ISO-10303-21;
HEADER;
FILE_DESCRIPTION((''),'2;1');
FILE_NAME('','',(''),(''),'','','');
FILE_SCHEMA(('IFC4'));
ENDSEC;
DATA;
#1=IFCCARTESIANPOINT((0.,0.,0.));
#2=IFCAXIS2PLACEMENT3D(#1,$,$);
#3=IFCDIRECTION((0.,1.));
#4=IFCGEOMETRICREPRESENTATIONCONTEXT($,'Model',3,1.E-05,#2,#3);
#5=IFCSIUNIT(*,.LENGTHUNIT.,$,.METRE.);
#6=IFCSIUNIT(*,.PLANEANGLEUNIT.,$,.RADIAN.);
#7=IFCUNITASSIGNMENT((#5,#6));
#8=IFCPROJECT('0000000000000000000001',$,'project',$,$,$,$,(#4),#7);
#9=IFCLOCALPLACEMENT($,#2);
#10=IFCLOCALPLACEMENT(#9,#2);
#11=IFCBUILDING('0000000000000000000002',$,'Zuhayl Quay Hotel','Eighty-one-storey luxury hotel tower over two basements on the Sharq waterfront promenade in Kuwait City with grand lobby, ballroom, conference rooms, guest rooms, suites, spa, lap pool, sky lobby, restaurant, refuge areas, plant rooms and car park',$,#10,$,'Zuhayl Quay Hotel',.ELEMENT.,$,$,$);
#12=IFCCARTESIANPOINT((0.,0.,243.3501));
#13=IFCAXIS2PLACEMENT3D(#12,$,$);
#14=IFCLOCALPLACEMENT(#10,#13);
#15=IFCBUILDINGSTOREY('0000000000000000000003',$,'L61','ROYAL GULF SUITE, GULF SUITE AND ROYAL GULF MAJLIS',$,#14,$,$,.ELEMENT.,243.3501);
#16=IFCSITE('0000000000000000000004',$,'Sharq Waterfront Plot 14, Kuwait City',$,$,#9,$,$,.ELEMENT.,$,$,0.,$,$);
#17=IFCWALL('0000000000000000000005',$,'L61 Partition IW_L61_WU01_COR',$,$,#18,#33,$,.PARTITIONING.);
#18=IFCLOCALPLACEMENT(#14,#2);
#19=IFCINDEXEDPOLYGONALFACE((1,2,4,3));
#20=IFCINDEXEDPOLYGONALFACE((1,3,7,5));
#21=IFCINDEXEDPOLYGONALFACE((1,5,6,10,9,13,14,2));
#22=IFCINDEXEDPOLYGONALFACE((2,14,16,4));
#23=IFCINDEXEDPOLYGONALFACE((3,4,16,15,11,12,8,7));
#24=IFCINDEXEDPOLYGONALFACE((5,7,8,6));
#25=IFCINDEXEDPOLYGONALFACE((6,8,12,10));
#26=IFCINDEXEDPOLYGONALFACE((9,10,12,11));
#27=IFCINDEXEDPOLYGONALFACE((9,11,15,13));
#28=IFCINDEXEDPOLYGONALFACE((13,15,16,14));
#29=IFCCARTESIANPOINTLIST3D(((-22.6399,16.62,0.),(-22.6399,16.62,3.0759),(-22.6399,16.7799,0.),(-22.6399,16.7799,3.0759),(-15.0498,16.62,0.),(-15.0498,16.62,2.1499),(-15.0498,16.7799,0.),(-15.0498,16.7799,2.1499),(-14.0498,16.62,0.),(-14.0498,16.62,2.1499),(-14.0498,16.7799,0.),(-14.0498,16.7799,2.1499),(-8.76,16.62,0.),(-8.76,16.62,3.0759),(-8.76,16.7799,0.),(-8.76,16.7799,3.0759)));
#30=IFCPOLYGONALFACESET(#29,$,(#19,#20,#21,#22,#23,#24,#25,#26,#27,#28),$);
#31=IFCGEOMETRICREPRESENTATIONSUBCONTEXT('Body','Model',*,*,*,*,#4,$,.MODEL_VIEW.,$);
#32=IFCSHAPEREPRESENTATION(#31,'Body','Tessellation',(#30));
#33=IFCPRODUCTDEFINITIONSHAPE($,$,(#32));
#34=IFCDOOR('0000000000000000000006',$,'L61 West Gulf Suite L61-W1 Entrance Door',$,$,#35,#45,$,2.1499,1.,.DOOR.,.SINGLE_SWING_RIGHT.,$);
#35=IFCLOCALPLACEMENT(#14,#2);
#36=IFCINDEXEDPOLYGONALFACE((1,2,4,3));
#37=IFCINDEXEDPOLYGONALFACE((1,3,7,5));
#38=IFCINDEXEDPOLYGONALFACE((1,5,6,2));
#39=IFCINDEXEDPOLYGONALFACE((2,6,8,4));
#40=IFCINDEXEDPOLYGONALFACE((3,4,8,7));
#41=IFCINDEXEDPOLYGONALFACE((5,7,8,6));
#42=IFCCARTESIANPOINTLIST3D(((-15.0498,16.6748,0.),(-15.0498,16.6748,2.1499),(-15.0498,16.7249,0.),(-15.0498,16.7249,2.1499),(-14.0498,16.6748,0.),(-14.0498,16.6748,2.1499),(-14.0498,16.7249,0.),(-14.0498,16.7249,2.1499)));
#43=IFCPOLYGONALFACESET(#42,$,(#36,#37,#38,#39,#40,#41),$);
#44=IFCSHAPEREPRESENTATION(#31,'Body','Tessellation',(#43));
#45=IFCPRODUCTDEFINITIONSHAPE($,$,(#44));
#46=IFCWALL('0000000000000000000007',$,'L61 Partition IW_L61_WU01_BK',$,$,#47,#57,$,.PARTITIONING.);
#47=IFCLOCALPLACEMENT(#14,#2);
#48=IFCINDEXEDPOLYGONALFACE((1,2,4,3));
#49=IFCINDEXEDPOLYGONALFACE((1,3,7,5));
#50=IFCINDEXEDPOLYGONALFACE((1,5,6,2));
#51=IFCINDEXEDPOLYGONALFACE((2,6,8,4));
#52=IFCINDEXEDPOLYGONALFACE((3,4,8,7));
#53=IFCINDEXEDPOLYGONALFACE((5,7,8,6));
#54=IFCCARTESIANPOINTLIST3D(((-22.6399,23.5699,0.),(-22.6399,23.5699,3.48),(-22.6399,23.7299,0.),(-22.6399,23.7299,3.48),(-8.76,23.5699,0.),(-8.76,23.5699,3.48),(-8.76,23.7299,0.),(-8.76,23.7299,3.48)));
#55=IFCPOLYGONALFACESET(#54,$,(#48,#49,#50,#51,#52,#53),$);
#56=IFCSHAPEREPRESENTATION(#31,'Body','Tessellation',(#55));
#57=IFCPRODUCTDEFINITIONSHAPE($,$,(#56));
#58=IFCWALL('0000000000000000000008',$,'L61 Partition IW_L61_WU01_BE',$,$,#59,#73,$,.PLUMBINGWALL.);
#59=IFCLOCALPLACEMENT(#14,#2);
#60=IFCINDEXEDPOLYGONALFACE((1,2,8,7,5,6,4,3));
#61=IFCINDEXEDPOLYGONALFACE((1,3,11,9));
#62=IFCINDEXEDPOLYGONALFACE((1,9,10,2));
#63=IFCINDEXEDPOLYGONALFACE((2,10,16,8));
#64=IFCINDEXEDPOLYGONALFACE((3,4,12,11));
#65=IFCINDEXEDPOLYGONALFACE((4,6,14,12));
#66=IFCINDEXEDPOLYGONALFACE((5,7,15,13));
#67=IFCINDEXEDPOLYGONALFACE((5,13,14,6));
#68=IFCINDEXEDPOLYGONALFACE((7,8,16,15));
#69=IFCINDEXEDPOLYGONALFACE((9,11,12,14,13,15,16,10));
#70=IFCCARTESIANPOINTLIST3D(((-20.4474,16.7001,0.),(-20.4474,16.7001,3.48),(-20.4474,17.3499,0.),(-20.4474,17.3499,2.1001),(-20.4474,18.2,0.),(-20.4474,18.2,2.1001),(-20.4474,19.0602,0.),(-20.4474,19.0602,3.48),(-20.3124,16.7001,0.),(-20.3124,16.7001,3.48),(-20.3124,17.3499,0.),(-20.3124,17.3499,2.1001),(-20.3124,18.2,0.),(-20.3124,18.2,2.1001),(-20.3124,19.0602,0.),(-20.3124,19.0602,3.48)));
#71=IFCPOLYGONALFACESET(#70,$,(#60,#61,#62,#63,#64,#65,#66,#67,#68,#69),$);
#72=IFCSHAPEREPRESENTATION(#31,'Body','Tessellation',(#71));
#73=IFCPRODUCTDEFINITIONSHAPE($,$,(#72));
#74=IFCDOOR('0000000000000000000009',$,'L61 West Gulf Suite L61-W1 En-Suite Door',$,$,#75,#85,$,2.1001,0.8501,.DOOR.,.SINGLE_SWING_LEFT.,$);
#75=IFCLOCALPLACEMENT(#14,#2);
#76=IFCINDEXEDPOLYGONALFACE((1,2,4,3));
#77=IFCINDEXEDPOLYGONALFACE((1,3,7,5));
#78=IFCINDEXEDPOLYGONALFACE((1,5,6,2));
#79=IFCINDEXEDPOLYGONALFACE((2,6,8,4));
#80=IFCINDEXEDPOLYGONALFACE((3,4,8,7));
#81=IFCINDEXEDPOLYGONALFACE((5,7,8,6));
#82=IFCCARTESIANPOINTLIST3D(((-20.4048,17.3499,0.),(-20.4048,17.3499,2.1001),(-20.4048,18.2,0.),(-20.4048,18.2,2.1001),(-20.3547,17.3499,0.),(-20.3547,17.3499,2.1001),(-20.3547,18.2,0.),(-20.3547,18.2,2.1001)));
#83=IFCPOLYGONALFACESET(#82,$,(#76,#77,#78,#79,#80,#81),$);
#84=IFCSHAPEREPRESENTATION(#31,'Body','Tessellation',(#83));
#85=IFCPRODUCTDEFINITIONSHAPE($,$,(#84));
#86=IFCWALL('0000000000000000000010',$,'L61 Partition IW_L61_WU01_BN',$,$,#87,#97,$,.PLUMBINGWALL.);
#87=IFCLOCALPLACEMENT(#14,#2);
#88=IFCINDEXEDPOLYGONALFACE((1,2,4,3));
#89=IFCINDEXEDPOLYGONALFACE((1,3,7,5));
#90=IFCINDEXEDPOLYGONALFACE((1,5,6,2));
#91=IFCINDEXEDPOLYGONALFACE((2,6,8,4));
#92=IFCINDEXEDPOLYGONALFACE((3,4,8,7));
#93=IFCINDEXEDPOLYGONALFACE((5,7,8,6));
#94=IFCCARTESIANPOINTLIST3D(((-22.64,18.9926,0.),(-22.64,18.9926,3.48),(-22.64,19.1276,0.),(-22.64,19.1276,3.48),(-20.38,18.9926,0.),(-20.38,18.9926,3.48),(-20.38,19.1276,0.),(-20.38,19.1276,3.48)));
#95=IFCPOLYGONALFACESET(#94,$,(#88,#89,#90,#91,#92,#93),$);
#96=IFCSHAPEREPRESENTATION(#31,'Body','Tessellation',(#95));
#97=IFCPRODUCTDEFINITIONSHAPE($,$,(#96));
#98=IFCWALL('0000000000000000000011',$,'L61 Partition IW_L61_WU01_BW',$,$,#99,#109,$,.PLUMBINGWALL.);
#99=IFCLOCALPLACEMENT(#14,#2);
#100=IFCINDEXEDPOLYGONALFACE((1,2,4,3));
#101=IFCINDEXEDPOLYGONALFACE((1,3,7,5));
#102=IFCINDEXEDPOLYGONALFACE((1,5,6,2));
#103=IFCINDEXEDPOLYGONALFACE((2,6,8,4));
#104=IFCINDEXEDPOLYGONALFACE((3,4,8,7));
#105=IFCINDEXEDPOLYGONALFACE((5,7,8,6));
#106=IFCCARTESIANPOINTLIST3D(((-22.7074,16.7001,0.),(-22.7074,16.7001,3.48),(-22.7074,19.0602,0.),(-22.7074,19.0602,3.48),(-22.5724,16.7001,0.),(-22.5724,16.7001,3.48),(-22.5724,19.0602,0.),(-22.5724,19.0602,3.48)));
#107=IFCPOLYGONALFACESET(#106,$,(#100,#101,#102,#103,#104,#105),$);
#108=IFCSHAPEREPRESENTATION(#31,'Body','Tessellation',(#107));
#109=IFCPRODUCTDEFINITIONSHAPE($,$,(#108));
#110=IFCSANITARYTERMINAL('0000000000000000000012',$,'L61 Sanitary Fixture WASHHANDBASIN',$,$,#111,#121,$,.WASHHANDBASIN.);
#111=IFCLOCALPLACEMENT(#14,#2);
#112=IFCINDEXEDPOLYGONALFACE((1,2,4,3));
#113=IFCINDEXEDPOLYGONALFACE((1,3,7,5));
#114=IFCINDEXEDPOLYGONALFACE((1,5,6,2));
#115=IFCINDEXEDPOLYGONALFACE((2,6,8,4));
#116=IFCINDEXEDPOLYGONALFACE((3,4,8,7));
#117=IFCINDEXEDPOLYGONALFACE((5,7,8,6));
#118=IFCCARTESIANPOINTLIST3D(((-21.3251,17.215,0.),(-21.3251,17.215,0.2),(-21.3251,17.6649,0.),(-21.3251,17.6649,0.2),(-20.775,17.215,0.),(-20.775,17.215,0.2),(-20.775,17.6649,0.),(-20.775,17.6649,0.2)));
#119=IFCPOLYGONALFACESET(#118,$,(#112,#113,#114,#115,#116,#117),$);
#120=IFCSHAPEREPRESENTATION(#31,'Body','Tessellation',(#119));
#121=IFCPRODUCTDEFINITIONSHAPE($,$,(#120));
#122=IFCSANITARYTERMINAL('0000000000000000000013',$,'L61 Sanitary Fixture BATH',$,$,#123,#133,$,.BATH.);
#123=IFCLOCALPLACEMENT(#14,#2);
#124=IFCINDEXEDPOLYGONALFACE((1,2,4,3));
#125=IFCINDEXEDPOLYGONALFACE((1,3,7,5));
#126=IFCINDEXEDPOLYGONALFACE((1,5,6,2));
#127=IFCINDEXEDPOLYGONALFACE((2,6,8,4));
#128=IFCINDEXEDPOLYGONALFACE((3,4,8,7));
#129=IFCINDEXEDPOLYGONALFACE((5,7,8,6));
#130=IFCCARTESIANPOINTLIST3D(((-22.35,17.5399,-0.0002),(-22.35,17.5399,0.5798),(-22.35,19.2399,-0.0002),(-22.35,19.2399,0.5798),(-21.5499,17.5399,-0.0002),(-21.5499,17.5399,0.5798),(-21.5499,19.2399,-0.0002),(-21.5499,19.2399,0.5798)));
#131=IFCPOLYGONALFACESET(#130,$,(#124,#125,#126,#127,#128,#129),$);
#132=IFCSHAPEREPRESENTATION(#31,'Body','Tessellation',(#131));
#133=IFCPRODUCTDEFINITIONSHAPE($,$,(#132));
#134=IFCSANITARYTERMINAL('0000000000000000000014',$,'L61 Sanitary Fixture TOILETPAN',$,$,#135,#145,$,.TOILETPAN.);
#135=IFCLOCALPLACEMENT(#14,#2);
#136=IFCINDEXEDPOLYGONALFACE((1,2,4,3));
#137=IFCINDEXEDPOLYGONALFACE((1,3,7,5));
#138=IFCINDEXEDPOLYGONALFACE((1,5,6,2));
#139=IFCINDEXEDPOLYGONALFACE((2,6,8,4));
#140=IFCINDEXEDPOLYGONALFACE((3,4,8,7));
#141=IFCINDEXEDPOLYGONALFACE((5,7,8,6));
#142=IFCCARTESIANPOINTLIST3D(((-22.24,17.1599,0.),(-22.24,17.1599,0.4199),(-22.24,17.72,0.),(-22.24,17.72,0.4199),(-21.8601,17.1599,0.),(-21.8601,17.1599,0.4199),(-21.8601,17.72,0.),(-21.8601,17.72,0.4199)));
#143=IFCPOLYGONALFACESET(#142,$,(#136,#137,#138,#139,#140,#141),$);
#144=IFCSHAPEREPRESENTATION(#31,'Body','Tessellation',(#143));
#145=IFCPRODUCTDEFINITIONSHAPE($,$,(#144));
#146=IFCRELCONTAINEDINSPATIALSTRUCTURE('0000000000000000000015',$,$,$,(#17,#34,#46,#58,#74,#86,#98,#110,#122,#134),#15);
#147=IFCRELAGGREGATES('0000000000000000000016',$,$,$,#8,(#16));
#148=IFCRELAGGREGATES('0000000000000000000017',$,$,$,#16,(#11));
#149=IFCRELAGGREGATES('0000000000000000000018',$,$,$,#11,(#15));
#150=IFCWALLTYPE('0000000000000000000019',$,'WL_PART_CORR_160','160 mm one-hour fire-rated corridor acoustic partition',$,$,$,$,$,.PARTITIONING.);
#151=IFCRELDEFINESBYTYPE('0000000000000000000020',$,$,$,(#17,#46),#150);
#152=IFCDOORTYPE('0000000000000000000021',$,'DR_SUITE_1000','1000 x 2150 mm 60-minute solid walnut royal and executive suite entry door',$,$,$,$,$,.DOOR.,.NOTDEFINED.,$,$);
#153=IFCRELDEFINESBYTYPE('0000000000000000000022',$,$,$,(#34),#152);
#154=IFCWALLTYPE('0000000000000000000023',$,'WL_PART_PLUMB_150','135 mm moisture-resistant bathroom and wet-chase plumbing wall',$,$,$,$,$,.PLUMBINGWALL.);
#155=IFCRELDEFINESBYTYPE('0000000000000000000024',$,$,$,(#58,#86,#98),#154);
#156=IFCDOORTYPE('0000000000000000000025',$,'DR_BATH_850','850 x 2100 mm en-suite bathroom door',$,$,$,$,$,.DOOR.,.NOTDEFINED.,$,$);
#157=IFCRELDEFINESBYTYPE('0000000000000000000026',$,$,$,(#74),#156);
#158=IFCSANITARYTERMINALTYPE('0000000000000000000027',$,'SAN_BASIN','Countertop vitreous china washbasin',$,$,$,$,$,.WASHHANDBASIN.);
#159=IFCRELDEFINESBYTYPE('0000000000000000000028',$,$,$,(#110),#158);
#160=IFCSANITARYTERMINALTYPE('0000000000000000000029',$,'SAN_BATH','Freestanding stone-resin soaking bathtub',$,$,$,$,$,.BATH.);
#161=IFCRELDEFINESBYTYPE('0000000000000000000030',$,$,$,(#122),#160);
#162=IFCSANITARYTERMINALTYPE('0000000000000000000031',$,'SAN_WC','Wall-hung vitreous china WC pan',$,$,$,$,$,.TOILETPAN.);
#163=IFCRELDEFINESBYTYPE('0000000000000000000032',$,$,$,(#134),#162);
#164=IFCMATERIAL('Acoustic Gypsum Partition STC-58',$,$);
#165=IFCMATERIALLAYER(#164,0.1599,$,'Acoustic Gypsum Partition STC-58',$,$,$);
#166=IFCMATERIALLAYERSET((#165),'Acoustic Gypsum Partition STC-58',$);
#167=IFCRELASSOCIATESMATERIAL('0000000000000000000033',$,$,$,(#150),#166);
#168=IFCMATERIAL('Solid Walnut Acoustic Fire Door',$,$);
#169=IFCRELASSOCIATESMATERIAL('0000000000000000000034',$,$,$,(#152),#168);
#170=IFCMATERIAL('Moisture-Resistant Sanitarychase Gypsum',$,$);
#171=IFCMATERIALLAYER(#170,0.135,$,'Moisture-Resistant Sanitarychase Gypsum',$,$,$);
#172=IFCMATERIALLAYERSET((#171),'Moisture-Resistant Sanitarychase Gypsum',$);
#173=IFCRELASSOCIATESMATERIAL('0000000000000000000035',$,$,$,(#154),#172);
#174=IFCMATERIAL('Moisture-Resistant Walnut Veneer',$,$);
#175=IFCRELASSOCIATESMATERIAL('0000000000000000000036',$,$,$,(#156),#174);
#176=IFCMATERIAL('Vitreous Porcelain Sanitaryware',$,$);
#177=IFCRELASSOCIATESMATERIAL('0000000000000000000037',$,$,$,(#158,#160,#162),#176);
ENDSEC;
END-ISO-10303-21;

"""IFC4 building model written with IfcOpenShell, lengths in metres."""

from ifc_helpers import new_model, si_unit, direction, frame, frame_2d, origin, origin_2d, place, context, subcontext, project, spatial, rectangle, extrude, material, layer, layer_set, type_object, element, fill, save


model = new_model("IFC4")

# Units and contexts
model_context = context("Model", 3, precision=1e-05, world=origin(), true_north=direction((0.0, 1.0)))
body_context = subcontext(model_context, "Body", "Model", "MODEL_VIEW")
ifc_project = project(units=[si_unit("LENGTHUNIT", "METRE"), si_unit("PLANEANGLEUNIT", "RADIAN")], contexts=[model_context])

# Site, building, storey
site_placement = place(None, origin())
site = spatial("IfcSite", under=ifc_project, at=site_placement, Name="Sharq Waterfront Plot 14, Kuwait City", CompositionType="ELEMENT", RefElevation=0.0)
building_placement = place(site_placement, origin())
building = spatial("IfcBuilding", under=site, at=building_placement, Name="Zuhayl Quay Hotel", Description="Eighty-one-storey luxury hotel tower over two basements on the Sharq waterfront promenade in Kuwait City with grand lobby, ballroom, conference rooms, guest rooms, suites, spa, lap pool, sky lobby, restaurant, refuge areas, plant rooms and car park", LongName="Zuhayl Quay Hotel", CompositionType="ELEMENT")
storey_placement = place(building_placement, frame((0.0, 0.0, 243.3501)))
storey = spatial("IfcBuildingStorey", under=building, at=storey_placement, Name="L61", Description="ROYAL GULF SUITE, GULF SUITE AND ROYAL GULF MAJLIS", CompositionType="ELEMENT", Elevation=243.3501)

# Wall, opening, door
ifc_material_1 = material(Name="Acoustic Gypsum Partition STC-58")
ifc_layer_1 = layer(ifc_material_1, 0.1599, Name="Acoustic Gypsum Partition STC-58")
ifc_layer_set_1 = layer_set([ifc_layer_1], Name="Acoustic Gypsum Partition STC-58")
wall_type_1 = type_object("IfcWallType", Name="WL_PART_CORR_160", Description="160 mm one-hour fire-rated corridor acoustic partition", PredefinedType="PARTITIONING", material=ifc_layer_set_1)
wall_1_placement = place(storey_placement, frame((-22.6399, 16.7, 0.0), z_axis=(0.0, 0.0, 1.0), x_axis=(1.0, 0.0, 0.0)))
wall_1 = element("IfcWall", 1, at=wall_1_placement, inside=storey, type_object=wall_type_1, Name="L61 Partition IW_L61_WU01_COR", PredefinedType="PARTITIONING", context=body_context, shape_type="SweptSolid", body=[
    extrude(rectangle(XDim=13.8799, YDim=0.1599, at=frame_2d((6.9399, 0.0))), origin(), (0.0, 0.0, 1.0), 3.0759),
])
opening_1_placement = place(wall_1_placement, frame((7.5901, 0.0, 0.0)))
opening_1 = element("IfcOpeningElement", 2, at=opening_1_placement, cuts=wall_1, PredefinedType="OPENING", context=body_context, shape_type="SweptSolid", body=[
    extrude(rectangle(XDim=1.0, YDim=2.1499, at=frame_2d((0.5, 1.075))), frame((0.0, 0.0898, 0.0), z_axis=(0.0, -1.0, 0.0), x_axis=(1.0, 0.0, 0.0)), (0.0, 0.0, 1.0), 0.1799),
])
ifc_material_2 = material(Name="Solid Walnut Acoustic Fire Door")
door_type_1 = type_object("IfcDoorType", Name="DR_SUITE_1000", Description="1000 x 2150 mm 60-minute solid walnut royal and executive suite entry door", OperationType="NOTDEFINED", PredefinedType="DOOR", material=ifc_material_2)
door_1_placement = place(opening_1_placement, origin())
door_1 = element("IfcDoor", 3, at=door_1_placement, inside=storey, type_object=door_type_1, Name="L61 West Gulf Suite L61-W1 Entrance Door", OperationType="SINGLE_SWING_RIGHT", OverallHeight=2.1499, OverallWidth=1.0, PredefinedType="DOOR", context=body_context, shape_type="SweptSolid", body=[
    extrude(rectangle(XDim=1.0, YDim=2.1499, at=frame_2d((0.5, 1.075))), frame((0.0, 0.0249, 0.0), z_axis=(0.0, -1.0, 0.0), x_axis=(1.0, 0.0, 0.0)), (0.0, 0.0, 1.0), 0.05),
])
fill(opening_1, door_1)

# Wall
wall_2_placement = place(storey_placement, frame((-22.6399, 23.6499, 0.0), z_axis=(0.0, 0.0, 1.0), x_axis=(1.0, 0.0, 0.0)))
element("IfcWall", 4, at=wall_2_placement, inside=storey, type_object=wall_type_1, Name="L61 Partition IW_L61_WU01_BK", PredefinedType="PARTITIONING", context=body_context, shape_type="SweptSolid", body=[
    extrude(rectangle(XDim=13.8799, YDim=0.1599, at=frame_2d((6.9399, 0.0))), origin(), (0.0, 0.0, 1.0), 3.48),
])

# Wall, opening, door
ifc_material_3 = material(Name="Moisture-Resistant Sanitarychase Gypsum")
ifc_layer_2 = layer(ifc_material_3, 0.135, Name="Moisture-Resistant Sanitarychase Gypsum")
ifc_layer_set_2 = layer_set([ifc_layer_2], Name="Moisture-Resistant Sanitarychase Gypsum")
wall_type_2 = type_object("IfcWallType", Name="WL_PART_PLUMB_150", Description="135 mm moisture-resistant bathroom and wet-chase plumbing wall", PredefinedType="PLUMBINGWALL", material=ifc_layer_set_2)
wall_3_placement = place(storey_placement, frame((-20.3799, 16.7, 0.0), z_axis=(0.0, 0.0, 1.0), x_axis=(0.0, 1.0, 0.0)))
wall_3 = element("IfcWall", 5, at=wall_3_placement, inside=storey, type_object=wall_type_2, Name="L61 Partition IW_L61_WU01_BE", PredefinedType="PLUMBINGWALL", context=body_context, shape_type="SweptSolid", body=[
    extrude(rectangle(XDim=2.3601, YDim=0.135, at=frame_2d((1.1802, 0.0))), origin(), (0.0, 0.0, 1.0), 3.48),
])
opening_2_placement = place(wall_3_placement, frame((0.6499, 0.0, 0.0)))
opening_2 = element("IfcOpeningElement", 6, at=opening_2_placement, cuts=wall_3, PredefinedType="OPENING", context=body_context, shape_type="SweptSolid", body=[
    extrude(rectangle(XDim=0.8501, YDim=2.1001, at=frame_2d((0.425, 1.05))), frame((0.0, 0.0774, 0.0), z_axis=(0.0, -1.0, 0.0), x_axis=(1.0, 0.0, 0.0)), (0.0, 0.0, 1.0), 0.155),
])
ifc_material_4 = material(Name="Moisture-Resistant Walnut Veneer")
door_type_2 = type_object("IfcDoorType", Name="DR_BATH_850", Description="850 x 2100 mm en-suite bathroom door", OperationType="NOTDEFINED", PredefinedType="DOOR", material=ifc_material_4)
door_2_placement = place(opening_2_placement, origin())
door_2 = element("IfcDoor", 7, at=door_2_placement, inside=storey, type_object=door_type_2, Name="L61 West Gulf Suite L61-W1 En-Suite Door", OperationType="SINGLE_SWING_LEFT", OverallHeight=2.1001, OverallWidth=0.8501, PredefinedType="DOOR", context=body_context, shape_type="SweptSolid", body=[
    extrude(rectangle(XDim=0.8501, YDim=2.1001, at=frame_2d((0.425, 1.05))), frame((0.0, 0.0249, 0.0), z_axis=(0.0, -1.0, 0.0), x_axis=(1.0, 0.0, 0.0)), (0.0, 0.0, 1.0), 0.05),
])
fill(opening_2, door_2)

# Walls
wall_4_placement = place(storey_placement, frame((-22.6399, 19.0601, 0.0), z_axis=(0.0, 0.0, 1.0), x_axis=(1.0, 0.0, 0.0)))
element("IfcWall", 8, at=wall_4_placement, inside=storey, type_object=wall_type_2, Name="L61 Partition IW_L61_WU01_BN", PredefinedType="PLUMBINGWALL", context=body_context, shape_type="SweptSolid", body=[
    extrude(rectangle(XDim=2.26, YDim=0.135, at=frame_2d((1.1299, 0.0))), origin(), (0.0, 0.0, 1.0), 3.48),
])
wall_5_placement = place(storey_placement, frame((-22.6399, 16.7, 0.0), z_axis=(0.0, 0.0, 1.0), x_axis=(0.0, 1.0, 0.0)))
element("IfcWall", 9, at=wall_5_placement, inside=storey, type_object=wall_type_2, Name="L61 Partition IW_L61_WU01_BW", PredefinedType="PLUMBINGWALL", context=body_context, shape_type="SweptSolid", body=[
    extrude(rectangle(XDim=2.3601, YDim=0.135, at=frame_2d((1.1802, 0.0))), origin(), (0.0, 0.0, 1.0), 3.48),
])

# Sanitary terminals
ifc_material_5 = material(Name="Vitreous Porcelain Sanitaryware")
sanitary_terminal_type_1 = type_object("IfcSanitaryTerminalType", Name="SAN_BASIN", Description="Countertop vitreous china washbasin", PredefinedType="WASHHANDBASIN", material=ifc_material_5)
sanitary_terminal_1_placement = place(storey_placement, frame((-21.05, 17.4399, 0.0), z_axis=(0.0, 0.0, 1.0), x_axis=(1.0, 0.0, 0.0)))
element("IfcSanitaryTerminal", 10, at=sanitary_terminal_1_placement, inside=storey, type_object=sanitary_terminal_type_1, Name="L61 Sanitary Fixture WASHHANDBASIN", PredefinedType="WASHHANDBASIN", context=body_context, shape_type="SweptSolid", body=[
    extrude(rectangle(XDim=0.55, YDim=0.45, at=origin_2d()), origin(), (0.0, 0.0, 1.0), 0.2),
])
sanitary_terminal_type_2 = type_object("IfcSanitaryTerminalType", Name="SAN_BATH", Description="Freestanding stone-resin soaking bathtub", PredefinedType="BATH", material=ifc_material_5)
sanitary_terminal_2_placement = place(storey_placement, frame((-21.95, 18.3899, -0.0002), z_axis=(0.0, 0.0, 1.0), x_axis=(1.0, 0.0, 0.0)))
element("IfcSanitaryTerminal", 11, at=sanitary_terminal_2_placement, inside=storey, type_object=sanitary_terminal_type_2, Name="L61 Sanitary Fixture BATH", PredefinedType="BATH", context=body_context, shape_type="SweptSolid", body=[
    extrude(rectangle(XDim=0.8, YDim=1.7, at=origin_2d()), origin(), (0.0, 0.0, 1.0), 0.5801),
])
sanitary_terminal_type_3 = type_object("IfcSanitaryTerminalType", Name="SAN_WC", Description="Wall-hung vitreous china WC pan", PredefinedType="TOILETPAN", material=ifc_material_5)
sanitary_terminal_3_placement = place(storey_placement, frame((-22.05, 17.4399, 0.0), z_axis=(0.0, 0.0, 1.0), x_axis=(1.0, 0.0, 0.0)))
element("IfcSanitaryTerminal", 12, at=sanitary_terminal_3_placement, inside=storey, type_object=sanitary_terminal_type_3, Name="L61 Sanitary Fixture TOILETPAN", PredefinedType="TOILETPAN", context=body_context, shape_type="SweptSolid", body=[
    extrude(rectangle(XDim=0.3799, YDim=0.5601, at=origin_2d()), origin(), (0.0, 0.0, 1.0), 0.4199),
])

save(model, "model.ifc")
